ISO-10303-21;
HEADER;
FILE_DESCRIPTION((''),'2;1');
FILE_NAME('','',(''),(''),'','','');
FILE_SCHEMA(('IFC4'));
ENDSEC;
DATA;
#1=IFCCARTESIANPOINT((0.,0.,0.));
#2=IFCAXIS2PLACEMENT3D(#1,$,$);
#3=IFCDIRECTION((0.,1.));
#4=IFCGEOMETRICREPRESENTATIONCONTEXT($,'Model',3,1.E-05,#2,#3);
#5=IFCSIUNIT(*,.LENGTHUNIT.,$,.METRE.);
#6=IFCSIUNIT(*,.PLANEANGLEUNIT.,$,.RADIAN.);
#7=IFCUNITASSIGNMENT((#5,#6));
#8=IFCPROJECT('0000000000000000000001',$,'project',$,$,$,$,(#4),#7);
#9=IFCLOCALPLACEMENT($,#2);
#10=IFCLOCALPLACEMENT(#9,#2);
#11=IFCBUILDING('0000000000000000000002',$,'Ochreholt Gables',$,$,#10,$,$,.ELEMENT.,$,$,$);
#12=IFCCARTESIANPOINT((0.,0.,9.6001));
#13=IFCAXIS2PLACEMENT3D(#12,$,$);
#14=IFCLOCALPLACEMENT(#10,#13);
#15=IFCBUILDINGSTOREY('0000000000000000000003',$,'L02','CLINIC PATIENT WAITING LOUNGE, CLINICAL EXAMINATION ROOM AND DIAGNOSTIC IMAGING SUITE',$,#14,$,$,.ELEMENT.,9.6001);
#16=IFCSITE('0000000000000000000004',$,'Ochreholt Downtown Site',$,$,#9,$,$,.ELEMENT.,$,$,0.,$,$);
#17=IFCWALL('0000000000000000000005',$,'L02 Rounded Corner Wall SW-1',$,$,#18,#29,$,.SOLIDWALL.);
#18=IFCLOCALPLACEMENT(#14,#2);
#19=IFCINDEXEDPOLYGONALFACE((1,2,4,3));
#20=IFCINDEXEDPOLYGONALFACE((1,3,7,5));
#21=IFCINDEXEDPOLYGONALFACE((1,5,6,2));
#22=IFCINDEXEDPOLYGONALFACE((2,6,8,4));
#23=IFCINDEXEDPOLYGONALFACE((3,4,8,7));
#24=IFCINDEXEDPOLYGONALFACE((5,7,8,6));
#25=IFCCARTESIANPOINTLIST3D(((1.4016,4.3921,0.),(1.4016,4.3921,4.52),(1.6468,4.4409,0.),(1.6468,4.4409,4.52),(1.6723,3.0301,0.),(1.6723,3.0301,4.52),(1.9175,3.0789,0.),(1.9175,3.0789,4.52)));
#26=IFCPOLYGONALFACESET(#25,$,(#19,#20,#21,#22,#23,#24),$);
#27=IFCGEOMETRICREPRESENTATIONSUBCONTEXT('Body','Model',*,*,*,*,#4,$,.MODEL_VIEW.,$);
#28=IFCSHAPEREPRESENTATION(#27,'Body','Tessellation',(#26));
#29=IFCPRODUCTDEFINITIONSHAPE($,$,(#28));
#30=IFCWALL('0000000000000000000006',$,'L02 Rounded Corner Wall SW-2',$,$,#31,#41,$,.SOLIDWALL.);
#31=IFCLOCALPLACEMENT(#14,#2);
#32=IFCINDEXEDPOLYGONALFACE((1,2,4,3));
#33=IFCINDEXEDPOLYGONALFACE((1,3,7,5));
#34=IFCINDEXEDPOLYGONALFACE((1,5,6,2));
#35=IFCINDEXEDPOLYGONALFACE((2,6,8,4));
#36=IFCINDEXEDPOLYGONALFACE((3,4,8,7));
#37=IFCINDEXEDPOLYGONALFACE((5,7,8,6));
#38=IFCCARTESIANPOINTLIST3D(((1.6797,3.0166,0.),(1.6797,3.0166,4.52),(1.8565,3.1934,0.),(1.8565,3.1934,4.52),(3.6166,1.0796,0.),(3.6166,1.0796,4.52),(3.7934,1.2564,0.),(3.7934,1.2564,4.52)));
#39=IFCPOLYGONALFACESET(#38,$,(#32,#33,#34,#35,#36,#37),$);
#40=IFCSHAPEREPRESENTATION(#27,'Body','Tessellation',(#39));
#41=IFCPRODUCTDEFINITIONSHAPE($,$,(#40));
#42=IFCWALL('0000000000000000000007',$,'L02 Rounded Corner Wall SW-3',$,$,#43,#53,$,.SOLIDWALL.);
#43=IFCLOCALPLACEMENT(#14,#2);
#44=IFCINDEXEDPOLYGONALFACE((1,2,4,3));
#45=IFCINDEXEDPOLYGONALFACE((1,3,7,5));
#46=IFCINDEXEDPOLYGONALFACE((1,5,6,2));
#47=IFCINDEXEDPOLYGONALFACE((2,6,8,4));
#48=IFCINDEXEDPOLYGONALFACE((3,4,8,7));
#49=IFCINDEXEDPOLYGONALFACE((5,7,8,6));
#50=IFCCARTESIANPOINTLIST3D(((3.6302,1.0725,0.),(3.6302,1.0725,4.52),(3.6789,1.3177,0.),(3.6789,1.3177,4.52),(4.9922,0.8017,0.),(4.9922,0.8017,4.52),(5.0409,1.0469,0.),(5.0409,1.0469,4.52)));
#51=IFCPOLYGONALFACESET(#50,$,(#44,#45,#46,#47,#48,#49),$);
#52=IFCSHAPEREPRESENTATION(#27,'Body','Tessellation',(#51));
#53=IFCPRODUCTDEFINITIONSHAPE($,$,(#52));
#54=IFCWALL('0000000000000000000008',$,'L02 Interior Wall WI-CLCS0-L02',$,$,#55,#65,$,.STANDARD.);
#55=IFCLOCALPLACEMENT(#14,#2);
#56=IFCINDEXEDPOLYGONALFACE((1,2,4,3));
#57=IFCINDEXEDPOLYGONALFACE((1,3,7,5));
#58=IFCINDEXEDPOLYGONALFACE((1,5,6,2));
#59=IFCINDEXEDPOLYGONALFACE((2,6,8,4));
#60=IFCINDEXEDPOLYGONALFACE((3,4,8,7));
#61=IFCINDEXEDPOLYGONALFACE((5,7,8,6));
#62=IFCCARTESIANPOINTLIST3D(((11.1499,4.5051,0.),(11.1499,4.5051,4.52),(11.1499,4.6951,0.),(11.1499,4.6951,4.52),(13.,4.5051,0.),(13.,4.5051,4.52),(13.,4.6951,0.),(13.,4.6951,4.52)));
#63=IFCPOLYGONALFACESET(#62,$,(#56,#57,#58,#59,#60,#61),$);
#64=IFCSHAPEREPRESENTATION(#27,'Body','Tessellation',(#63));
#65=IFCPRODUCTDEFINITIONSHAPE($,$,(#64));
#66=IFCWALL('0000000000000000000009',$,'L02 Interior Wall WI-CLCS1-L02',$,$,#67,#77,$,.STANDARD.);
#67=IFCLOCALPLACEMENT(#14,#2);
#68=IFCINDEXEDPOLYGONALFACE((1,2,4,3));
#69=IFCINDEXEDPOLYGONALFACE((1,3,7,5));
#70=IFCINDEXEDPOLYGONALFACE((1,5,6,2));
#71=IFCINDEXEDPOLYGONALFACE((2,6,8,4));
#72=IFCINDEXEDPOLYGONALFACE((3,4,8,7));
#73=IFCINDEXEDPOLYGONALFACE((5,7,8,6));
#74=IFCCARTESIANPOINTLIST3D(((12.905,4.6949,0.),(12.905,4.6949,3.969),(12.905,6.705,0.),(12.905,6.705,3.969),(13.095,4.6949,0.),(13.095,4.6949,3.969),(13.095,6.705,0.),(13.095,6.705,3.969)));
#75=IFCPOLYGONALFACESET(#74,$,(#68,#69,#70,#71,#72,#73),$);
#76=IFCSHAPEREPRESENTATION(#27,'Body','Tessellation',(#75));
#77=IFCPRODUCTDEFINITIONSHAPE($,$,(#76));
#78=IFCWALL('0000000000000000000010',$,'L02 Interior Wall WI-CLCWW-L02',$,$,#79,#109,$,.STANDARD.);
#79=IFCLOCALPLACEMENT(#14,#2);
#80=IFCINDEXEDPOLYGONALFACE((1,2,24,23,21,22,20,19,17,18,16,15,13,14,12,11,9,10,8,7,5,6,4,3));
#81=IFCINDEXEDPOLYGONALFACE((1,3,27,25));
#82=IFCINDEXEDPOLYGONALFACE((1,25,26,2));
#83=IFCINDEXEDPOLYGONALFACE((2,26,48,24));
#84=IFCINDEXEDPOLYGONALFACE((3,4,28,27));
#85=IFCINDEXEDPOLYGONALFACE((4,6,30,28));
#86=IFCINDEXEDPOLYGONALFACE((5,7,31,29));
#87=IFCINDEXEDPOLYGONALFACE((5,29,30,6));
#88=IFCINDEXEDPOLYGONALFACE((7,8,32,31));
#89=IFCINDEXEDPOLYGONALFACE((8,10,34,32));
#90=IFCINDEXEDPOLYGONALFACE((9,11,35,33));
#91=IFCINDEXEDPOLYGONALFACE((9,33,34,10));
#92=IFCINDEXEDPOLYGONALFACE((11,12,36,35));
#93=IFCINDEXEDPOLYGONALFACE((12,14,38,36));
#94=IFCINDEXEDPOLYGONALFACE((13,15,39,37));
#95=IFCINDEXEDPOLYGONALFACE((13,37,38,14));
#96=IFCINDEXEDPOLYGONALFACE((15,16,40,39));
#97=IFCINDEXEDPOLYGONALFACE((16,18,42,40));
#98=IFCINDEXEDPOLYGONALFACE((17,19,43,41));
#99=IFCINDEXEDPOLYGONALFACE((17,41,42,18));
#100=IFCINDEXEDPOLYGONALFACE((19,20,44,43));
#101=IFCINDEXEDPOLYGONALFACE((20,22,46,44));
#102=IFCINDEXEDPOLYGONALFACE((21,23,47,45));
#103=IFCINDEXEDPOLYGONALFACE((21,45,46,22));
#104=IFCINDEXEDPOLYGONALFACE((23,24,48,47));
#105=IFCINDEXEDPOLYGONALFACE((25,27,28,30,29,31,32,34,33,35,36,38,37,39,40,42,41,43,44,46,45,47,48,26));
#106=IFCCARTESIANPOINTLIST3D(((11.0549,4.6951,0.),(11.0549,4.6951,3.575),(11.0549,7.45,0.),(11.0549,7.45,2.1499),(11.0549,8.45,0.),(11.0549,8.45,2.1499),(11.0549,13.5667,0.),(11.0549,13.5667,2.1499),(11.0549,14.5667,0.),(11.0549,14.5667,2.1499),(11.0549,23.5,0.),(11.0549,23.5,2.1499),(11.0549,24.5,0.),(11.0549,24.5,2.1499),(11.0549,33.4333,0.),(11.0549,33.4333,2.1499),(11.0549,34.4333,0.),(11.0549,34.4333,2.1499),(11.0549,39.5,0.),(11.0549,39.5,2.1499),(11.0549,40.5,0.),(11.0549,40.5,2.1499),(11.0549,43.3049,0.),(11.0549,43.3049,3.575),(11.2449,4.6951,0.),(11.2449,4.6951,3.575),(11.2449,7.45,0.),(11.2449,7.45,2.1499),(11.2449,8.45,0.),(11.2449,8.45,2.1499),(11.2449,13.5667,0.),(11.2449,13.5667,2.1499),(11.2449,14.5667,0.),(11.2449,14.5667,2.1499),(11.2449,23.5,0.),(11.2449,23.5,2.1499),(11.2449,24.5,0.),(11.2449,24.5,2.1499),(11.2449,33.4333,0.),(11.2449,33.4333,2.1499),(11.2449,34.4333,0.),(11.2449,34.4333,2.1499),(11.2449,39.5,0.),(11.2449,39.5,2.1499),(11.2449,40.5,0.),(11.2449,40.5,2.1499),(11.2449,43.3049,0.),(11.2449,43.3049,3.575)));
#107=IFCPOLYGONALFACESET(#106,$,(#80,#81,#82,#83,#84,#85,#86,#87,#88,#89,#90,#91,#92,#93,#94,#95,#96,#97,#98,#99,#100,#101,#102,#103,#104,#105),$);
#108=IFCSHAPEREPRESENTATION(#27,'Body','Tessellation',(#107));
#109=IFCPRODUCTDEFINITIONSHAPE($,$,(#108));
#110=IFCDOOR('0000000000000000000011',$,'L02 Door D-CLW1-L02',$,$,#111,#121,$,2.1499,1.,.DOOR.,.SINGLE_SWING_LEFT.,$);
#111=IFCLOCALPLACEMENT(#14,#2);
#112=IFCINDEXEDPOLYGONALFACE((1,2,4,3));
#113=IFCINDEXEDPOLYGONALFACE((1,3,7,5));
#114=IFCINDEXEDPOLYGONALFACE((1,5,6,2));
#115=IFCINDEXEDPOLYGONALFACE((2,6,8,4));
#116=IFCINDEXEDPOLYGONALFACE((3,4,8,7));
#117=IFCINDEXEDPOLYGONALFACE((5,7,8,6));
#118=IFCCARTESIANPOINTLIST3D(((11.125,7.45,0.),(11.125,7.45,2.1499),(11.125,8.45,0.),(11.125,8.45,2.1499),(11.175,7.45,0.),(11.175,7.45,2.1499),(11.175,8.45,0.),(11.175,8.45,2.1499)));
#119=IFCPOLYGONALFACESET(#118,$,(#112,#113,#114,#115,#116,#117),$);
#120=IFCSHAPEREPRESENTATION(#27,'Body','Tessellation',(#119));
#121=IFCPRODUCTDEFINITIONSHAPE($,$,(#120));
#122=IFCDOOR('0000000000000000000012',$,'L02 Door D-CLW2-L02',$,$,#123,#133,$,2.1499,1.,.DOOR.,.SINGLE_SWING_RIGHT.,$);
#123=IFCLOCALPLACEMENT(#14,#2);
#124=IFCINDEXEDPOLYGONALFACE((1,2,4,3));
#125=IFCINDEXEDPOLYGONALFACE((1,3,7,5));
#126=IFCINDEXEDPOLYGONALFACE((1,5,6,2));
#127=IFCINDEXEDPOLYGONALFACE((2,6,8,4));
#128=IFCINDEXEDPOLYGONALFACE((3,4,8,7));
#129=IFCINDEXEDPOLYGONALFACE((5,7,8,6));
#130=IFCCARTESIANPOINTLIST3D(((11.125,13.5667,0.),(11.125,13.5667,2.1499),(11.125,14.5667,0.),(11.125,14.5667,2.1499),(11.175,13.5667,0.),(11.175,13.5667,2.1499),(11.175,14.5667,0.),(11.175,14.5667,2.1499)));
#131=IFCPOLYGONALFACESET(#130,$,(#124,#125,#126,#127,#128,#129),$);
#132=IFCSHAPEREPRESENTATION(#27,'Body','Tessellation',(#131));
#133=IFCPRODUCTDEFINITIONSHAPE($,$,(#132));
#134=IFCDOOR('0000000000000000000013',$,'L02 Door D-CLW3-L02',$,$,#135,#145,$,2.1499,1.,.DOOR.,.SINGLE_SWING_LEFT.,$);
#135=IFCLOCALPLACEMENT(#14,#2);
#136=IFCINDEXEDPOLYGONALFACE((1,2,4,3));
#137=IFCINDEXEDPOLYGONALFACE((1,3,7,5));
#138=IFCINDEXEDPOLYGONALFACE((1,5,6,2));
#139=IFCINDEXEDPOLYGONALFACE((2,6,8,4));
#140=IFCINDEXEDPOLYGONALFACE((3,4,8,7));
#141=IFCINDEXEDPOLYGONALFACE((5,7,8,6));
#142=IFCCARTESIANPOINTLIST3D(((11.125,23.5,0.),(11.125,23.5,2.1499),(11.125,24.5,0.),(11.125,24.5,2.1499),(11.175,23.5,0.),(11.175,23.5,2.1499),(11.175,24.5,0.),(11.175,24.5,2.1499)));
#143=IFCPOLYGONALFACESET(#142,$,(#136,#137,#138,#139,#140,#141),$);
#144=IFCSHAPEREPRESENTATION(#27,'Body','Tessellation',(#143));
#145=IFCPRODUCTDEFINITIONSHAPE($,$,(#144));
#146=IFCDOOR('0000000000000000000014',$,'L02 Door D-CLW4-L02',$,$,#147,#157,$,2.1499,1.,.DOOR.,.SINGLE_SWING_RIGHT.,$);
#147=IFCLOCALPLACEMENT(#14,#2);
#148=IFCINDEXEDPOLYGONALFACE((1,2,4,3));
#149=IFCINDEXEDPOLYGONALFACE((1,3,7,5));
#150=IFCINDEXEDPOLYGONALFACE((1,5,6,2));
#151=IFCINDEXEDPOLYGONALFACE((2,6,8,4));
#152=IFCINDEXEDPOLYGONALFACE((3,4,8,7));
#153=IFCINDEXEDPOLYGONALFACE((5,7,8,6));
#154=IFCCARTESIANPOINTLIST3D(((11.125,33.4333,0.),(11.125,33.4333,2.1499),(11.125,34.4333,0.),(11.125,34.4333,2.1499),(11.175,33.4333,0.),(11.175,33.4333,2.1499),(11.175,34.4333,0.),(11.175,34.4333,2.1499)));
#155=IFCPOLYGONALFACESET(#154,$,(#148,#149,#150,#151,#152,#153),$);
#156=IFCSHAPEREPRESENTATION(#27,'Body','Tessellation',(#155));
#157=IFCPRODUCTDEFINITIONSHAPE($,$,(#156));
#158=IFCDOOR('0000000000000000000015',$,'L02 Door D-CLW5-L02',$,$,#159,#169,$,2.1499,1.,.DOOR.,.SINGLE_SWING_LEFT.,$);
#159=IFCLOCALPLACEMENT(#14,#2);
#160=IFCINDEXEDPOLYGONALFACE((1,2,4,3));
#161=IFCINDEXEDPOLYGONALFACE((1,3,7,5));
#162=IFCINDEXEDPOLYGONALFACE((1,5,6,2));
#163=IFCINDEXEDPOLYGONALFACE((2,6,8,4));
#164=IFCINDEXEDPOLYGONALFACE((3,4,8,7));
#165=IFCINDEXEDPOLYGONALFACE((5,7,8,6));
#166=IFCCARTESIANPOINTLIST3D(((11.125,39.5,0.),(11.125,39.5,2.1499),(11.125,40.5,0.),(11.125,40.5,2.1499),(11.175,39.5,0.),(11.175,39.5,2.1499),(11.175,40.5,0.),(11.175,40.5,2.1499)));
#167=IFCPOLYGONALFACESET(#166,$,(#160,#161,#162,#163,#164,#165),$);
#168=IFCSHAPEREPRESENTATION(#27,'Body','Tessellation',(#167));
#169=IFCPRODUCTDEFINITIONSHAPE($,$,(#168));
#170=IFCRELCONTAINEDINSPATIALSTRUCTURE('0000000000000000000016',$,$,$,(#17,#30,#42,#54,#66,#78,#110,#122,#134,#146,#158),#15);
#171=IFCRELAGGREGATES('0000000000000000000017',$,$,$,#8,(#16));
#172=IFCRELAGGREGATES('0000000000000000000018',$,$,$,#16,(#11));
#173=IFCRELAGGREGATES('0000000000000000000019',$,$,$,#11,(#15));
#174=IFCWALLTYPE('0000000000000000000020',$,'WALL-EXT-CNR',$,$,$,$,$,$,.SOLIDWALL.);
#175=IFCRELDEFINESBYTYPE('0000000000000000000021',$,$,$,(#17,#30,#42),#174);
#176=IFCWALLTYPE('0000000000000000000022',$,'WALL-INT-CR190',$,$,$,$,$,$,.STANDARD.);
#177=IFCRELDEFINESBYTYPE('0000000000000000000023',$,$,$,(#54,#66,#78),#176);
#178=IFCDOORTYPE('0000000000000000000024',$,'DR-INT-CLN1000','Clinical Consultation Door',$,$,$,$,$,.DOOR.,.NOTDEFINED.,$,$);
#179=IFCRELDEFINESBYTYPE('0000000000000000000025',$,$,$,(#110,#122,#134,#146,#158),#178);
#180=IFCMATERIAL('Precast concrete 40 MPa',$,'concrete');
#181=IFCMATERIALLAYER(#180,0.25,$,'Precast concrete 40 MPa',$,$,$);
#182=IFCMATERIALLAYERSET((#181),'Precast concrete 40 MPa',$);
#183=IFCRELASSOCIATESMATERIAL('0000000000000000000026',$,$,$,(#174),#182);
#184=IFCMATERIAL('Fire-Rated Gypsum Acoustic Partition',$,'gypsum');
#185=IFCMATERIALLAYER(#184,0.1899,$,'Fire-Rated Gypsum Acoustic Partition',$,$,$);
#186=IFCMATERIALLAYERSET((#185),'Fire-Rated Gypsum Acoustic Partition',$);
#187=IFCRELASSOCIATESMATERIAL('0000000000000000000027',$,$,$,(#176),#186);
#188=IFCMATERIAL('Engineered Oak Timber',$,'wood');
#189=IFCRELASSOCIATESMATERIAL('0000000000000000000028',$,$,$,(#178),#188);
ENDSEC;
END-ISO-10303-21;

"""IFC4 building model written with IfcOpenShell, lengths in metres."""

from ifc_helpers import new_model, si_unit, direction, frame, frame_2d, origin, place, context, subcontext, project, spatial, rectangle, extrude, material, layer, layer_set, type_object, element, fill, save


model = new_model("IFC4")

# Units and contexts
model_context = context("Model", 3, precision=1e-05, world=origin(), true_north=direction((0.0, 1.0)))
body_context = subcontext(model_context, "Body", "Model", "MODEL_VIEW")
ifc_project = project(units=[si_unit("LENGTHUNIT", "METRE"), si_unit("PLANEANGLEUNIT", "RADIAN")], contexts=[model_context])

# Site, building, storey
site_placement = place(None, origin())
site = spatial("IfcSite", under=ifc_project, at=site_placement, Name="Ochreholt Downtown Site", CompositionType="ELEMENT", RefElevation=0.0)
building_placement = place(site_placement, origin())
building = spatial("IfcBuilding", under=site, at=building_placement, Name="Ochreholt Gables", CompositionType="ELEMENT")
storey_placement = place(building_placement, frame((0.0, 0.0, 9.6001)))
storey = spatial("IfcBuildingStorey", under=building, at=storey_placement, Name="L02", Description="CLINIC PATIENT WAITING LOUNGE, CLINICAL EXAMINATION ROOM AND DIAGNOSTIC IMAGING SUITE", CompositionType="ELEMENT", Elevation=9.6001)

# Shared definitions
ifc_material_1 = material(Name="Precast concrete 40 MPa", Category="concrete")

# Walls
ifc_layer_1 = layer(ifc_material_1, 0.25, Name="Precast concrete 40 MPa")
ifc_layer_set_1 = layer_set([ifc_layer_1], Name="Precast concrete 40 MPa")
wall_type_1 = type_object("IfcWallType", Name="WALL-EXT-CNR", PredefinedType="SOLIDWALL", material=ifc_layer_set_1)
wall_1_placement = place(storey_placement, frame((1.5242, 4.4165, 0.0), z_axis=(0.0, 0.0, 1.0), x_axis=(0.194967, -0.98081, 0.0)))
element("IfcWall", 1, at=wall_1_placement, inside=storey, type_object=wall_type_1, Name="L02 Rounded Corner Wall SW-1", PredefinedType="SOLIDWALL", context=body_context, shape_type="SweptSolid", body=[
    extrude(rectangle(XDim=1.3887, YDim=0.25, at=frame_2d((0.6943, 0.0))), origin(), (0.0, 0.0, 1.0), 4.52),
])
wall_2_placement = place(storey_placement, frame((1.7681, 3.105, 0.0), z_axis=(0.0, 0.0, 1.0), x_axis=(0.707107, -0.707107, 0.0)))
element("IfcWall", 2, at=wall_2_placement, inside=storey, type_object=wall_type_1, Name="L02 Rounded Corner Wall SW-2", PredefinedType="SOLIDWALL", context=body_context, shape_type="SweptSolid", body=[
    extrude(rectangle(XDim=2.7393, YDim=0.25, at=frame_2d((1.3696, 0.0))), origin(), (0.0, 0.0, 1.0), 4.52),
])
wall_3_placement = place(storey_placement, frame((3.6545, 1.1951, 0.0), z_axis=(0.0, 0.0, 1.0), x_axis=(0.98081, -0.194967, 0.0)))
element("IfcWall", 3, at=wall_3_placement, inside=storey, type_object=wall_type_1, Name="L02 Rounded Corner Wall SW-3", PredefinedType="SOLIDWALL", context=body_context, shape_type="SweptSolid", body=[
    extrude(rectangle(XDim=1.3887, YDim=0.25, at=frame_2d((0.6943, 0.0))), origin(), (0.0, 0.0, 1.0), 4.52),
])
ifc_material_2 = material(Name="Fire-Rated Gypsum Acoustic Partition", Category="gypsum")
ifc_layer_2 = layer(ifc_material_2, 0.1899, Name="Fire-Rated Gypsum Acoustic Partition")
ifc_layer_set_2 = layer_set([ifc_layer_2], Name="Fire-Rated Gypsum Acoustic Partition")
wall_type_2 = type_object("IfcWallType", Name="WALL-INT-CR190", PredefinedType="STANDARD", material=ifc_layer_set_2)
wall_4_placement = place(storey_placement, frame((11.1499, 4.6001, 0.0), z_axis=(0.0, 0.0, 1.0), x_axis=(1.0, 0.0, 0.0)))
element("IfcWall", 4, at=wall_4_placement, inside=storey, type_object=wall_type_2, Name="L02 Interior Wall WI-CLCS0-L02", PredefinedType="STANDARD", context=body_context, shape_type="SweptSolid", body=[
    extrude(rectangle(XDim=1.8501, YDim=0.1899, at=frame_2d((0.925, 0.0))), origin(), (0.0, 0.0, 1.0), 4.52),
])
wall_5_placement = place(storey_placement, frame((13.0, 4.6951, 0.0), z_axis=(0.0, 0.0, 1.0), x_axis=(0.0, 1.0, 0.0)))
element("IfcWall", 5, at=wall_5_placement, inside=storey, type_object=wall_type_2, Name="L02 Interior Wall WI-CLCS1-L02", PredefinedType="STANDARD", context=body_context, shape_type="SweptSolid", body=[
    extrude(rectangle(XDim=2.01, YDim=0.1899, at=frame_2d((1.0049, 0.0))), origin(), (0.0, 0.0, 1.0), 3.969),
])

# Wall, openings, doors
wall_6_placement = place(storey_placement, frame((11.1499, 4.6951, 0.0), z_axis=(0.0, 0.0, 1.0), x_axis=(0.0, 1.0, 0.0)))
wall_6 = element("IfcWall", 6, at=wall_6_placement, inside=storey, type_object=wall_type_2, Name="L02 Interior Wall WI-CLCWW-L02", PredefinedType="STANDARD", context=body_context, shape_type="SweptSolid", body=[
    extrude(rectangle(XDim=38.6099, YDim=0.1899, at=frame_2d((19.3049, 0.0))), origin(), (0.0, 0.0, 1.0), 3.575),
])
opening_1_placement = place(wall_6_placement, frame((2.7549, 0.0, 0.0)))
opening_1 = element("IfcOpeningElement", 7, at=opening_1_placement, cuts=wall_6, PredefinedType="OPENING", context=body_context, shape_type="SweptSolid", body=[
    extrude(rectangle(XDim=1.0, YDim=2.1499, at=frame_2d((0.5, 1.075))), frame((0.0, 0.105, 0.0), z_axis=(0.0, -1.0, 0.0), x_axis=(1.0, 0.0, 0.0)), (0.0, 0.0, 1.0), 0.21),
])
opening_2_placement = place(wall_6_placement, frame((8.8716, 0.0, 0.0)))
opening_2 = element("IfcOpeningElement", 8, at=opening_2_placement, cuts=wall_6, PredefinedType="OPENING", context=body_context, shape_type="SweptSolid", body=[
    extrude(rectangle(XDim=1.0, YDim=2.1499, at=frame_2d((0.5, 1.075))), frame((0.0, 0.105, 0.0), z_axis=(0.0, -1.0, 0.0), x_axis=(1.0, 0.0, 0.0)), (0.0, 0.0, 1.0), 0.21),
])
opening_3_placement = place(wall_6_placement, frame((18.8049, 0.0, 0.0)))
opening_3 = element("IfcOpeningElement", 9, at=opening_3_placement, cuts=wall_6, PredefinedType="OPENING", context=body_context, shape_type="SweptSolid", body=[
    extrude(rectangle(XDim=1.0, YDim=2.1499, at=frame_2d((0.5, 1.075))), frame((0.0, 0.105, 0.0), z_axis=(0.0, -1.0, 0.0), x_axis=(1.0, 0.0, 0.0)), (0.0, 0.0, 1.0), 0.21),
])
opening_4_placement = place(wall_6_placement, frame((28.7383, 0.0, 0.0)))
opening_4 = element("IfcOpeningElement", 10, at=opening_4_placement, cuts=wall_6, PredefinedType="OPENING", context=body_context, shape_type="SweptSolid", body=[
    extrude(rectangle(XDim=1.0, YDim=2.1499, at=frame_2d((0.5, 1.075))), frame((0.0, 0.105, 0.0), z_axis=(0.0, -1.0, 0.0), x_axis=(1.0, 0.0, 0.0)), (0.0, 0.0, 1.0), 0.21),
])
opening_5_placement = place(wall_6_placement, frame((34.8049, 0.0, 0.0)))
opening_5 = element("IfcOpeningElement", 11, at=opening_5_placement, cuts=wall_6, PredefinedType="OPENING", context=body_context, shape_type="SweptSolid", body=[
    extrude(rectangle(XDim=1.0, YDim=2.1499, at=frame_2d((0.5, 1.075))), frame((0.0, 0.105, 0.0), z_axis=(0.0, -1.0, 0.0), x_axis=(1.0, 0.0, 0.0)), (0.0, 0.0, 1.0), 0.21),
])
ifc_material_3 = material(Name="Engineered Oak Timber", Category="wood")
door_type = type_object("IfcDoorType", Name="DR-INT-CLN1000", Description="Clinical Consultation Door", OperationType="NOTDEFINED", PredefinedType="DOOR", material=ifc_material_3)
door_1_placement = place(opening_1_placement, origin())
door_1 = element("IfcDoor", 12, at=door_1_placement, inside=storey, type_object=door_type, Name="L02 Door D-CLW1-L02", OperationType="SINGLE_SWING_LEFT", OverallHeight=2.1499, OverallWidth=1.0, PredefinedType="DOOR", context=body_context, shape_type="SweptSolid", body=[
    extrude(rectangle(XDim=1.0, YDim=2.1499, at=frame_2d((0.5, 1.075))), frame((0.0, 0.0249, 0.0), z_axis=(0.0, -1.0, 0.0), x_axis=(1.0, 0.0, 0.0)), (0.0, 0.0, 1.0), 0.05),
])
fill(opening_1, door_1)
door_2_placement = place(opening_2_placement, origin())
door_2 = element("IfcDoor", 13, at=door_2_placement, inside=storey, type_object=door_type, Name="L02 Door D-CLW2-L02", OperationType="SINGLE_SWING_RIGHT", OverallHeight=2.1499, OverallWidth=1.0, PredefinedType="DOOR", context=body_context, shape_type="SweptSolid", body=[
    extrude(rectangle(XDim=1.0, YDim=2.1499, at=frame_2d((0.5, 1.075))), frame((0.0, 0.0249, 0.0), z_axis=(0.0, -1.0, 0.0), x_axis=(1.0, 0.0, 0.0)), (0.0, 0.0, 1.0), 0.05),
])
fill(opening_2, door_2)
door_3_placement = place(opening_3_placement, origin())
door_3 = element("IfcDoor", 14, at=door_3_placement, inside=storey, type_object=door_type, Name="L02 Door D-CLW3-L02", OperationType="SINGLE_SWING_LEFT", OverallHeight=2.1499, OverallWidth=1.0, PredefinedType="DOOR", context=body_context, shape_type="SweptSolid", body=[
    extrude(rectangle(XDim=1.0, YDim=2.1499, at=frame_2d((0.5, 1.075))), frame((0.0, 0.0249, 0.0), z_axis=(0.0, -1.0, 0.0), x_axis=(1.0, 0.0, 0.0)), (0.0, 0.0, 1.0), 0.05),
])
fill(opening_3, door_3)
door_4_placement = place(opening_4_placement, origin())
door_4 = element("IfcDoor", 15, at=door_4_placement, inside=storey, type_object=door_type, Name="L02 Door D-CLW4-L02", OperationType="SINGLE_SWING_RIGHT", OverallHeight=2.1499, OverallWidth=1.0, PredefinedType="DOOR", context=body_context, shape_type="SweptSolid", body=[
    extrude(rectangle(XDim=1.0, YDim=2.1499, at=frame_2d((0.5, 1.075))), frame((0.0, 0.0249, 0.0), z_axis=(0.0, -1.0, 0.0), x_axis=(1.0, 0.0, 0.0)), (0.0, 0.0, 1.0), 0.05),
])
fill(opening_4, door_4)
door_5_placement = place(opening_5_placement, origin())
door_5 = element("IfcDoor", 16, at=door_5_placement, inside=storey, type_object=door_type, Name="L02 Door D-CLW5-L02", OperationType="SINGLE_SWING_LEFT", OverallHeight=2.1499, OverallWidth=1.0, PredefinedType="DOOR", context=body_context, shape_type="SweptSolid", body=[
    extrude(rectangle(XDim=1.0, YDim=2.1499, at=frame_2d((0.5, 1.075))), frame((0.0, 0.0249, 0.0), z_axis=(0.0, -1.0, 0.0), x_axis=(1.0, 0.0, 0.0)), (0.0, 0.0, 1.0), 0.05),
])
fill(opening_5, door_5)

save(model, "model.ifc")
